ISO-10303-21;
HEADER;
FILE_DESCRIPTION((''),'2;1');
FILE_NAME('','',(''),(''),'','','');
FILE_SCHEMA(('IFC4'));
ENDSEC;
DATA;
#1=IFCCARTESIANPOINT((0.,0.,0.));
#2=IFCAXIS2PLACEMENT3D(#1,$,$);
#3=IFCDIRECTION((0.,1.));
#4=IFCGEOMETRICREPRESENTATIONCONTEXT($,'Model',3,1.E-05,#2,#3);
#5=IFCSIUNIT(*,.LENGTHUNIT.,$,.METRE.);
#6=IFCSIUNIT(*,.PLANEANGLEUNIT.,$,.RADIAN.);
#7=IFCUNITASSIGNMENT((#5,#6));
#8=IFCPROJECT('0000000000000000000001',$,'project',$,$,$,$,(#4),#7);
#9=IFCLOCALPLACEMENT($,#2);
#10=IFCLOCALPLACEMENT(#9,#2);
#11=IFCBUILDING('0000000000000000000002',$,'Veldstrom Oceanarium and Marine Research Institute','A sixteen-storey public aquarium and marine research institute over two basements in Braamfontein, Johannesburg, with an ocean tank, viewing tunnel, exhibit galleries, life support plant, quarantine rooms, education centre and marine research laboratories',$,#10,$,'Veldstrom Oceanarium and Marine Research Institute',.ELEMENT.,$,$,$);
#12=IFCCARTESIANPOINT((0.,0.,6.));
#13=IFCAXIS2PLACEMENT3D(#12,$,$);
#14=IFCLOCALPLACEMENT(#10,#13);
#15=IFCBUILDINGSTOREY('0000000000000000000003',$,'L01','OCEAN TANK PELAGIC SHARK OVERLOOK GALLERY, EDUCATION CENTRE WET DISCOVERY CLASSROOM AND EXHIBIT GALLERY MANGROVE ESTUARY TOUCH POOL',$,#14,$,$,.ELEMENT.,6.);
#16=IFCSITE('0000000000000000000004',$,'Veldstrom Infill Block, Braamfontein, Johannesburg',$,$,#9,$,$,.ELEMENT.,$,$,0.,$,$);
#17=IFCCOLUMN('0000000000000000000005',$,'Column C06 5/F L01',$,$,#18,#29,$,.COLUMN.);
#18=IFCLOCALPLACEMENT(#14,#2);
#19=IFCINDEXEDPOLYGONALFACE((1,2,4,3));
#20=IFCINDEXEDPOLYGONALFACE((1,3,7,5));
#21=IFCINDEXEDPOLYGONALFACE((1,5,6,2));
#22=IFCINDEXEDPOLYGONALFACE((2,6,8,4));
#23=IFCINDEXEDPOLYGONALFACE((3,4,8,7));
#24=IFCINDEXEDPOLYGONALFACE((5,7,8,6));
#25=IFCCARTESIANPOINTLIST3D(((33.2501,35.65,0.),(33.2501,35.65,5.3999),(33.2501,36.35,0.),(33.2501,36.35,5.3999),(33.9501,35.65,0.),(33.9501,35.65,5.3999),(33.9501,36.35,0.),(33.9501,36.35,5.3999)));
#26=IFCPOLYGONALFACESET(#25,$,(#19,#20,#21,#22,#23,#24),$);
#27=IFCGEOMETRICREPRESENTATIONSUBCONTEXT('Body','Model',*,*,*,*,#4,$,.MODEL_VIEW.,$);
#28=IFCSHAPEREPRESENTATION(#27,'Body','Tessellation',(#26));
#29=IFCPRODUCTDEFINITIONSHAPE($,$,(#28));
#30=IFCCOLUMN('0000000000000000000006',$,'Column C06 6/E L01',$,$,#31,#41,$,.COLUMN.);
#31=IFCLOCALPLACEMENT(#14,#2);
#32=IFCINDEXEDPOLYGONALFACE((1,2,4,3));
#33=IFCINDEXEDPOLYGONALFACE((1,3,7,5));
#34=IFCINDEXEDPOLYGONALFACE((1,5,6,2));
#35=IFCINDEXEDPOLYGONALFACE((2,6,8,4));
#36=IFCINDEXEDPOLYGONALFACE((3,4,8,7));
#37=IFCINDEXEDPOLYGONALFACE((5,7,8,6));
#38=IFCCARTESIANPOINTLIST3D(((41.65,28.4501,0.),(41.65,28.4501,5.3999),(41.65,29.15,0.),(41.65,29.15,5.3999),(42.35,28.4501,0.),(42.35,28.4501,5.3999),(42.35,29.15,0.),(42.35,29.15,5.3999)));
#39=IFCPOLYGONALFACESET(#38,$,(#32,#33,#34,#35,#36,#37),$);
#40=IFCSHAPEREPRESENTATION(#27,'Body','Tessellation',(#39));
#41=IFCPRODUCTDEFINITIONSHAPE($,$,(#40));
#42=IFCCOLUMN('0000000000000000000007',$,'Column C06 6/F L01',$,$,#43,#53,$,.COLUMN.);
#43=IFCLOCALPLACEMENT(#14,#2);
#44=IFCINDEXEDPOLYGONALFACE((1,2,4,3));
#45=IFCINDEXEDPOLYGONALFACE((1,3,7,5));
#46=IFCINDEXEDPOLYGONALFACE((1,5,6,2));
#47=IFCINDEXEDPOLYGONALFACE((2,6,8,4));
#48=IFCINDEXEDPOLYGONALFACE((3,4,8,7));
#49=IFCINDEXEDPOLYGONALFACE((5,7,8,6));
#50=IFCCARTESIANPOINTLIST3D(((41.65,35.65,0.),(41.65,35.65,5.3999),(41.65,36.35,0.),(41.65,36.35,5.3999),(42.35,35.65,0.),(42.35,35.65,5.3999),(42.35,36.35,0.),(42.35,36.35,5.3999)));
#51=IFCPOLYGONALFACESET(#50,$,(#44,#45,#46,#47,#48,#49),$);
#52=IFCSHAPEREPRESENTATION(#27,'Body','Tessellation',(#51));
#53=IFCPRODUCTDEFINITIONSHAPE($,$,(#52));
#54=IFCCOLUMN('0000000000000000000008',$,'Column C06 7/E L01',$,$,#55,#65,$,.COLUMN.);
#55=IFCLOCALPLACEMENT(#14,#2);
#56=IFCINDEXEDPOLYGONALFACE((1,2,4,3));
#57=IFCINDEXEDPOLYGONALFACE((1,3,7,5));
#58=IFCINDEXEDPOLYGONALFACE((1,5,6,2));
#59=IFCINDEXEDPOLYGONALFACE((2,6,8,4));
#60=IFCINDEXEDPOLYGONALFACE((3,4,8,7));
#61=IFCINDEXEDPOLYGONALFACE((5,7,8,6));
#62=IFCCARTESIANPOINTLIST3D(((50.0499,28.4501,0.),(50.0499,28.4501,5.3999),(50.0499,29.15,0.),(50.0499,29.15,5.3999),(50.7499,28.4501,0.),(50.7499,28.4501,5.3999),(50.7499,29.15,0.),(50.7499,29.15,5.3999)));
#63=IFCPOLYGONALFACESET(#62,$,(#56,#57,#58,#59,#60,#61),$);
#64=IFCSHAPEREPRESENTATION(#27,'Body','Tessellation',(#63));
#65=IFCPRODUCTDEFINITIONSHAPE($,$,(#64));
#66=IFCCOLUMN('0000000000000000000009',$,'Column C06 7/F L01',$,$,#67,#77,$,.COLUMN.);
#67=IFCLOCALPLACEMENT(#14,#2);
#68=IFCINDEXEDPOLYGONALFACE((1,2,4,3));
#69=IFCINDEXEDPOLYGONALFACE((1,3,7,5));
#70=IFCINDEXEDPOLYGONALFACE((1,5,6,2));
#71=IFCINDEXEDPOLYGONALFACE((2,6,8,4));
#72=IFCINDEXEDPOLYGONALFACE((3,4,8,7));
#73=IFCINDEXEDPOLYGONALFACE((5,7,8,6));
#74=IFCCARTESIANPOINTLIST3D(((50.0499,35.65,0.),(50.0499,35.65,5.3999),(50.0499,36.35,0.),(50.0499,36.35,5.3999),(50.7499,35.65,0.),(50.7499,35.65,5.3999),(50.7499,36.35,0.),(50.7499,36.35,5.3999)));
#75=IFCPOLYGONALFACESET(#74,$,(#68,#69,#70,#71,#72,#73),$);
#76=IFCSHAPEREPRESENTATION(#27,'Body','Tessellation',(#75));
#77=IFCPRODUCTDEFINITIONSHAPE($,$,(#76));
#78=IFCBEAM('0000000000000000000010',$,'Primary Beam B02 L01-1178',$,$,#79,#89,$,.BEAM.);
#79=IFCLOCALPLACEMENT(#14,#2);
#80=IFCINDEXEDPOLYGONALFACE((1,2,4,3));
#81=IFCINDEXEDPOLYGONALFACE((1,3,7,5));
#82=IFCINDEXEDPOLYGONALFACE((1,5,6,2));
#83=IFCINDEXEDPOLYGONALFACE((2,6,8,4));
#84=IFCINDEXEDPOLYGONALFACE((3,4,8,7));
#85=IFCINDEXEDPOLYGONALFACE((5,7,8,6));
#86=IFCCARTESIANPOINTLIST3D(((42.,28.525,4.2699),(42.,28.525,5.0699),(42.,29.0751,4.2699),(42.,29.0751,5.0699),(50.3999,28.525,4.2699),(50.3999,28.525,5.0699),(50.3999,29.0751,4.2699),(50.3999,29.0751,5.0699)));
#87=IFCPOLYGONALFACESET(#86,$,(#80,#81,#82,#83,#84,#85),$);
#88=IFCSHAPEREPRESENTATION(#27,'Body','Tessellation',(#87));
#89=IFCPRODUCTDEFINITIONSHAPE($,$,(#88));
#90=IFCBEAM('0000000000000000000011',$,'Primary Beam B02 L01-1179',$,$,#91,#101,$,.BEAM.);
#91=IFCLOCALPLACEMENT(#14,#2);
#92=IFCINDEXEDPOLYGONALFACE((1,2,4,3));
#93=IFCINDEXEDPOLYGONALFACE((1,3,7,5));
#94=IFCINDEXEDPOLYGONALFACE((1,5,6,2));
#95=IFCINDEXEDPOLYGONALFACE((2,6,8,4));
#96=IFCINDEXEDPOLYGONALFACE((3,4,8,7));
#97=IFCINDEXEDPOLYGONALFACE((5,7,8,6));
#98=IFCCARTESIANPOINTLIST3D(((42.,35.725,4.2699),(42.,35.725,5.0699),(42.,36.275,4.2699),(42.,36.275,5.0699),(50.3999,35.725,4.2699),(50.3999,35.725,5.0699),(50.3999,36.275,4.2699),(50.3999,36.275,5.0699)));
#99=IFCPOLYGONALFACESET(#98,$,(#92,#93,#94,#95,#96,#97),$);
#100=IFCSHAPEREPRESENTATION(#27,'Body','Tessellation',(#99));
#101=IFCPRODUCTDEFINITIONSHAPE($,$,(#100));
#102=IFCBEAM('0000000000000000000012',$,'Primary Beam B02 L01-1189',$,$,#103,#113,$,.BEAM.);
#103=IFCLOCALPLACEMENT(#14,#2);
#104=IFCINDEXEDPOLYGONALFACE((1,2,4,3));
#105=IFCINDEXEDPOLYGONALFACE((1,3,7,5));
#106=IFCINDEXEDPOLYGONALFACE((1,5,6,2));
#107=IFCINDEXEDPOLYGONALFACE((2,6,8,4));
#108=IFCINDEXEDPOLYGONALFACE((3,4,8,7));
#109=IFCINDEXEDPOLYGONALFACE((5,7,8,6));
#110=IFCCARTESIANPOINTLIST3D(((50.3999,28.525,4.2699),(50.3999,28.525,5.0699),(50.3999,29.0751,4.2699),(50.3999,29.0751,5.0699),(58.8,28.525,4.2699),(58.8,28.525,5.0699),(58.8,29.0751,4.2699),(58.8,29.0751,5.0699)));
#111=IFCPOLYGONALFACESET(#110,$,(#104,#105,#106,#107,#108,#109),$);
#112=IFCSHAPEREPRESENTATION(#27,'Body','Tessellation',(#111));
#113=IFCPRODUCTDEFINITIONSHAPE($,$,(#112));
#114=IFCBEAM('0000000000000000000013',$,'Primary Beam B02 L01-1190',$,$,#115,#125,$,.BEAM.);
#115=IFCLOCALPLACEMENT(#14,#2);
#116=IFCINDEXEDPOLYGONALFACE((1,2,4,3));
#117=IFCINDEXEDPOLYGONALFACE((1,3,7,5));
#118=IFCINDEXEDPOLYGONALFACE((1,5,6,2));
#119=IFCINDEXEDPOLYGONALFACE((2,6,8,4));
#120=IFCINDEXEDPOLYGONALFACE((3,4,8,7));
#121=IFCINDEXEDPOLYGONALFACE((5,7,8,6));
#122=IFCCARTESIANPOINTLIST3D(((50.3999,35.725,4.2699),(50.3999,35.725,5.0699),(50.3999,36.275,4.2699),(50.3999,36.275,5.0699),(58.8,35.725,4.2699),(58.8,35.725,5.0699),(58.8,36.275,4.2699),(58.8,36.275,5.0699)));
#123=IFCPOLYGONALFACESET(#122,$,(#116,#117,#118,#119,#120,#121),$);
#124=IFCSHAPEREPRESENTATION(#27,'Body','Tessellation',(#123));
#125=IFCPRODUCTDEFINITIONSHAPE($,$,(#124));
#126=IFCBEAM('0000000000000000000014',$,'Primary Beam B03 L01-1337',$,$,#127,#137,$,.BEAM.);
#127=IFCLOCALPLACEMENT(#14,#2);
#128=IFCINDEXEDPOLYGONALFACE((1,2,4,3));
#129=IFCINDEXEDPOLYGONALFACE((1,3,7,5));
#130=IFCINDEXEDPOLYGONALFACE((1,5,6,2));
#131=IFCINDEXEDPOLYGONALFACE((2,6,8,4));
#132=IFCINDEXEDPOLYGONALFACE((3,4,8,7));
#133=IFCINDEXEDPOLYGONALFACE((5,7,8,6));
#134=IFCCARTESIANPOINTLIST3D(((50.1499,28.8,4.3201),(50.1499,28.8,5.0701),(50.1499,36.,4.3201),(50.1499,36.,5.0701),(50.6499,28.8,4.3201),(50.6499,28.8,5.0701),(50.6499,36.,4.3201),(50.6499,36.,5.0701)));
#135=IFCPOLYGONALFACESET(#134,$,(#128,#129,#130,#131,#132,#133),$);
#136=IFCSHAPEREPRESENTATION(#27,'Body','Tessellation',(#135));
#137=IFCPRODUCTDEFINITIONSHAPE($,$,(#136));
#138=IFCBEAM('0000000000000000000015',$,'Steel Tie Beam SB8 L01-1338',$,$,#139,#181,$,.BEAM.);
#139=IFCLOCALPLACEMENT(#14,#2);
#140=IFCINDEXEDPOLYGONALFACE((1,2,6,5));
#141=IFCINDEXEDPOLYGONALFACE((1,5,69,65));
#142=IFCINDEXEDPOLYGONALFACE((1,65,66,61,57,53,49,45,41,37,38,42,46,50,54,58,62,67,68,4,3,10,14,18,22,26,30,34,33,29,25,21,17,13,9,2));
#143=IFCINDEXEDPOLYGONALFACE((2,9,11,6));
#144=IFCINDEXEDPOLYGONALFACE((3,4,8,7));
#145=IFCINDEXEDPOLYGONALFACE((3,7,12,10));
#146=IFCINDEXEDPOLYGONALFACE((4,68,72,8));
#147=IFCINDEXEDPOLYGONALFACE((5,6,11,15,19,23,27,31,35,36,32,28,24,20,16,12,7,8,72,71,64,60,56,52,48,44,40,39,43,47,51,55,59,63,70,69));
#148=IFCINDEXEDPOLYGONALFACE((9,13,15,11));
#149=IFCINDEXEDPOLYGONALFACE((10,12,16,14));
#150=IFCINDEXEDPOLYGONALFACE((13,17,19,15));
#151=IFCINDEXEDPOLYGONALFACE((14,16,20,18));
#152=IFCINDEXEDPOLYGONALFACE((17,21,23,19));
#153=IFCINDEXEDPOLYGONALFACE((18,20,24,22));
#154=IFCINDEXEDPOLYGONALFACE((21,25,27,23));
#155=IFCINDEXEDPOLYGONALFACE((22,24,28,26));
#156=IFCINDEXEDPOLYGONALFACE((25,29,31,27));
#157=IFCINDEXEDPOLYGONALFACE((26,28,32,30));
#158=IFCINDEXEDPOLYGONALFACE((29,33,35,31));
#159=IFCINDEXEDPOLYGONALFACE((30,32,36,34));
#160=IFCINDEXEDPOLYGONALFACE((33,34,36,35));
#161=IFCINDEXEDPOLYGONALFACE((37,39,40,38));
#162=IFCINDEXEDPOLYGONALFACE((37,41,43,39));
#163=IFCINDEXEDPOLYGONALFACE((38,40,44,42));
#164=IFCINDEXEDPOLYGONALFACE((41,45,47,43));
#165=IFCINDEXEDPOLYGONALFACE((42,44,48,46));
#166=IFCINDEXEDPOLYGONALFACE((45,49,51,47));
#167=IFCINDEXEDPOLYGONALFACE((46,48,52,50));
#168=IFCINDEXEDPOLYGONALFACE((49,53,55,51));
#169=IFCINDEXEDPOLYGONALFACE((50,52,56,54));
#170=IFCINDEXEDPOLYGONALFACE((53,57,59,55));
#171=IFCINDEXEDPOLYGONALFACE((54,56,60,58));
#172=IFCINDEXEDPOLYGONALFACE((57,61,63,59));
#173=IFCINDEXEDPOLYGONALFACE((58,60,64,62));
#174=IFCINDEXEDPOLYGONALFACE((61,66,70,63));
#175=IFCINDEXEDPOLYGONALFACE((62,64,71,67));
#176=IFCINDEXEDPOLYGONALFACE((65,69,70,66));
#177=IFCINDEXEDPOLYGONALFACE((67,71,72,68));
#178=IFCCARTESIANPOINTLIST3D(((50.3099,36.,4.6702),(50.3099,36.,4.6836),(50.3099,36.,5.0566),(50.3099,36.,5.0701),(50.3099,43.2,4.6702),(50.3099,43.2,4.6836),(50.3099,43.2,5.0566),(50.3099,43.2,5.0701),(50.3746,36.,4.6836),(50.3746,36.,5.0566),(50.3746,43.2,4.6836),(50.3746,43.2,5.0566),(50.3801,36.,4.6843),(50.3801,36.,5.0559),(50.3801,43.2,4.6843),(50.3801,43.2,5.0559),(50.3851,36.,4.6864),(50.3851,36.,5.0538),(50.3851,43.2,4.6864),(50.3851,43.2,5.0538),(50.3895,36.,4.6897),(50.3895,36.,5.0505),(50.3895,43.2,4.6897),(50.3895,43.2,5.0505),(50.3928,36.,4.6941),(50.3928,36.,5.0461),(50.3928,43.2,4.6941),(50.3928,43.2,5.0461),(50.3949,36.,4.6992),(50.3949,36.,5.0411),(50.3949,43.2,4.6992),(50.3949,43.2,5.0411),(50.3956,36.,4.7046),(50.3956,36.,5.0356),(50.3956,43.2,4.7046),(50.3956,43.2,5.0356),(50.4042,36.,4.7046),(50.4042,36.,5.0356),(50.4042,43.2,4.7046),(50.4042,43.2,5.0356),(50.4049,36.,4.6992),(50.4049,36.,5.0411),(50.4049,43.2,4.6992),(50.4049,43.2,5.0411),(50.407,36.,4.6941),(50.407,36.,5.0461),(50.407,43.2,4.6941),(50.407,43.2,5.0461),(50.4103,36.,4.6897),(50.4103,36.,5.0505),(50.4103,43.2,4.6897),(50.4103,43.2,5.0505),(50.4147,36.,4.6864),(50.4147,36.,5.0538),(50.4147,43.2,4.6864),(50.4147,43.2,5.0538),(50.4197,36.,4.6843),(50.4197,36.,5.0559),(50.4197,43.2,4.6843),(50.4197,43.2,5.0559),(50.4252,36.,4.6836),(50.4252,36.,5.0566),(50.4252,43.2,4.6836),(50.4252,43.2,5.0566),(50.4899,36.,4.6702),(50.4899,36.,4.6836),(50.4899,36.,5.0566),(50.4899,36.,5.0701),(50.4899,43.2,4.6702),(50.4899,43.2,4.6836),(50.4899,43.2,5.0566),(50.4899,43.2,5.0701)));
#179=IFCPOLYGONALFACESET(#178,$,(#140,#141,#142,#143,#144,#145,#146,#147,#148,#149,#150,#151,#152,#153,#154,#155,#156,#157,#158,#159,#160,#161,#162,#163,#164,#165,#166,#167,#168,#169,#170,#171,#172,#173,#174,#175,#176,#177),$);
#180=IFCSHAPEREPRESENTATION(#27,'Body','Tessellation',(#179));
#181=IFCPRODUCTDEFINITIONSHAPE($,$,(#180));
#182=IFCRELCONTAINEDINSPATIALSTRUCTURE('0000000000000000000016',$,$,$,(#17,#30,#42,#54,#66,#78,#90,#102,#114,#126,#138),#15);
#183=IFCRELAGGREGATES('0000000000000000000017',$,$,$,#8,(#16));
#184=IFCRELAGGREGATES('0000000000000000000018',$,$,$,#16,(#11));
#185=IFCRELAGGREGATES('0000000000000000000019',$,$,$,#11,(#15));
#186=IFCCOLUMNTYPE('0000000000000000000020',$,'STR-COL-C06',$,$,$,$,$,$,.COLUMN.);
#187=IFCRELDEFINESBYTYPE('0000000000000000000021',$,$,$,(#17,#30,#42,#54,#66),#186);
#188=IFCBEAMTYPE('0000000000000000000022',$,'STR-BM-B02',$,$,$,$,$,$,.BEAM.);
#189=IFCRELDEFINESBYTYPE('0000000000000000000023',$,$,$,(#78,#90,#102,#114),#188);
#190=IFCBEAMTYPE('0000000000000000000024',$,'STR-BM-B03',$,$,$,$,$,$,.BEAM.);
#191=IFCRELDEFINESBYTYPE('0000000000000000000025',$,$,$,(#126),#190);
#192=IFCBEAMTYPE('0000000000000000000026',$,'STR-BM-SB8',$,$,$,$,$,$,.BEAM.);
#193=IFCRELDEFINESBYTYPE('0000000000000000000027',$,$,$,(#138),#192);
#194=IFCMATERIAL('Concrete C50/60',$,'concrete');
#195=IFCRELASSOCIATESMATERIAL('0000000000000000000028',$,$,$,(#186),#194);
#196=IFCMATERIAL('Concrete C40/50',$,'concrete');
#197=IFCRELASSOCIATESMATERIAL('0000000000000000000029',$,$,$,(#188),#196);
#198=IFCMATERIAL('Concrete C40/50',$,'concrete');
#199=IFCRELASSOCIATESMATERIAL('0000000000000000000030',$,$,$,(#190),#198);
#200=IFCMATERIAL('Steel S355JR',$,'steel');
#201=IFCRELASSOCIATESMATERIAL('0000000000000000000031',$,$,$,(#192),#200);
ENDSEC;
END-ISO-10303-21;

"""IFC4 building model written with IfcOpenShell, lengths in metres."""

from ifc_helpers import new_model, si_unit, direction, frame, origin, origin_2d, place, context, subcontext, project, spatial, rectangle, i_section, extrude, material, material_profile, profile_set, type_object, element, save


model = new_model("IFC4")

# Units and contexts
model_context = context("Model", 3, precision=1e-05, world=origin(), true_north=direction((0.0, 1.0)))
body_context = subcontext(model_context, "Body", "Model", "MODEL_VIEW")
ifc_project = project(units=[si_unit("LENGTHUNIT", "METRE"), si_unit("PLANEANGLEUNIT", "RADIAN")], contexts=[model_context])

# Site, building, storey
site_placement = place(None, origin())
site = spatial("IfcSite", under=ifc_project, at=site_placement, Name="Veldstrom Infill Block, Braamfontein, Johannesburg", CompositionType="ELEMENT", RefElevation=0.0)
building_placement = place(site_placement, origin())
building = spatial("IfcBuilding", under=site, at=building_placement, Name="Veldstrom Oceanarium and Marine Research Institute", Description="A sixteen-storey public aquarium and marine research institute over two basements in Braamfontein, Johannesburg, with an ocean tank, viewing tunnel, exhibit galleries, life support plant, quarantine rooms, education centre and marine research laboratories", LongName="Veldstrom Oceanarium and Marine Research Institute", CompositionType="ELEMENT")
storey_placement = place(building_placement, frame((0.0, 0.0, 6.0)))
storey = spatial("IfcBuildingStorey", under=building, at=storey_placement, Name="L01", Description="OCEAN TANK PELAGIC SHARK OVERLOOK GALLERY, EDUCATION CENTRE WET DISCOVERY CLASSROOM AND EXHIBIT GALLERY MANGROVE ESTUARY TOUCH POOL", CompositionType="ELEMENT", Elevation=6.0)

# Columns
ifc_material_1 = material(Name="Concrete C50/60", Category="concrete")
ifc_material_profile_1 = material_profile(ifc_material_1, rectangle(XDim=0.7, YDim=0.7, at=origin_2d()), Name="RC-COL-700x700")
ifc_profile_set_1 = profile_set([ifc_material_profile_1], Name="Concrete C50/60")
column_type = type_object("IfcColumnType", Name="STR-COL-C06", PredefinedType="COLUMN", material=ifc_profile_set_1)
for number, where, z_axis, x_axis, name in (
    (1, (33.6001, 36.0, 0.0), (0.0, 0.0, 1.0), (1.0, 0.0, 0.0), "Column C06 5/F L01"),
    (2, (42.0, 28.8, 0.0), (0.0, 0.0, 1.0), (1.0, 0.0, 0.0), "Column C06 6/E L01"),
    (3, (42.0, 36.0, 0.0), (0.0, 0.0, 1.0), (1.0, 0.0, 0.0), "Column C06 6/F L01"),
    (4, (50.3999, 28.8, 0.0), (0.0, 0.0, 1.0), (1.0, 0.0, 0.0), "Column C06 7/E L01"),
    (5, (50.3999, 36.0, 0.0), (0.0, 0.0, 1.0), (1.0, 0.0, 0.0), "Column C06 7/F L01"),
):
    element("IfcColumn", number, at=place(storey_placement, frame(where, z_axis=z_axis, x_axis=x_axis)), inside=storey, type_object=column_type, Name=name, PredefinedType="COLUMN", context=body_context, shape_type="SweptSolid", body=[
        extrude(rectangle(XDim=0.7, YDim=0.7, at=origin_2d()), origin(), (0.0, 0.0, 1.0), 5.3999),
    ])

# Beams
ifc_material_2 = material(Name="Concrete C40/50", Category="concrete")
ifc_material_profile_2 = material_profile(ifc_material_2, rectangle(XDim=0.55, YDim=0.8, at=origin_2d()), Name="RC-BM-550x800")
ifc_profile_set_2 = profile_set([ifc_material_profile_2], Name="Concrete C40/50")
beam_type_1 = type_object("IfcBeamType", Name="STR-BM-B02", PredefinedType="BEAM", material=ifc_profile_set_2)
for number, where, z_axis, x_axis, name in (
    (6, (42.0, 28.8, 4.6699), (1.0, 0.0, 0.0), (0.0, 1.0, 0.0), "Primary Beam B02 L01-1178"),
    (7, (42.0, 36.0, 4.6699), (1.0, 0.0, 0.0), (0.0, 1.0, 0.0), "Primary Beam B02 L01-1179"),
):
    element("IfcBeam", number, at=place(storey_placement, frame(where, z_axis=z_axis, x_axis=x_axis)), inside=storey, type_object=beam_type_1, Name=name, PredefinedType="BEAM", context=body_context, shape_type="SweptSolid", body=[
        extrude(rectangle(XDim=0.55, YDim=0.8, at=origin_2d()), origin(), (0.0, 0.0, 1.0), 8.3999),
    ])
for number, where, z_axis, x_axis, name in (
    (8, (50.3999, 28.8, 4.6699), (1.0, 0.0, 0.0), (0.0, 1.0, 0.0), "Primary Beam B02 L01-1189"),
    (9, (50.3999, 36.0, 4.6699), (1.0, 0.0, 0.0), (0.0, 1.0, 0.0), "Primary Beam B02 L01-1190"),
):
    element("IfcBeam", number, at=place(storey_placement, frame(where, z_axis=z_axis, x_axis=x_axis)), inside=storey, type_object=beam_type_1, Name=name, PredefinedType="BEAM", context=body_context, shape_type="SweptSolid", body=[
        extrude(rectangle(XDim=0.55, YDim=0.8, at=origin_2d()), origin(), (0.0, 0.0, 1.0), 8.4001),
    ])
ifc_material_3 = material(Name="Concrete C40/50", Category="concrete")
ifc_material_profile_3 = material_profile(ifc_material_3, rectangle(XDim=0.5, YDim=0.75, at=origin_2d()), Name="RC-BM-500x750")
ifc_profile_set_3 = profile_set([ifc_material_profile_3], Name="Concrete C40/50")
beam_type_2 = type_object("IfcBeamType", Name="STR-BM-B03", PredefinedType="BEAM", material=ifc_profile_set_3)
beam_1_placement = place(storey_placement, frame((50.3999, 28.8, 4.6951), z_axis=(0.0, 1.0, 0.0), x_axis=(-1.0, 0.0, 0.0)))
element("IfcBeam", 10, at=beam_1_placement, inside=storey, type_object=beam_type_2, Name="Primary Beam B03 L01-1337", PredefinedType="BEAM", context=body_context, shape_type="SweptSolid", body=[
    extrude(rectangle(XDim=0.5, YDim=0.75, at=origin_2d()), origin(), (0.0, 0.0, 1.0), 7.2),
])
ifc_material_4 = material(Name="Steel S355JR", Category="steel")
ifc_material_profile_4 = material_profile(ifc_material_4, i_section(OverallWidth=0.1799, OverallDepth=0.3999, WebThickness=0.0085, FlangeThickness=0.0134, FilletRadius=0.021, at=origin_2d()), Name="IPE 400")
ifc_profile_set_4 = profile_set([ifc_material_profile_4], Name="Steel S355JR")
beam_type_3 = type_object("IfcBeamType", Name="STR-BM-SB8", PredefinedType="BEAM", material=ifc_profile_set_4)
beam_2_placement = place(storey_placement, frame((50.3999, 36.0, 4.8701), z_axis=(0.0, 1.0, 0.0), x_axis=(-1.0, 0.0, 0.0)))
element("IfcBeam", 11, at=beam_2_placement, inside=storey, type_object=beam_type_3, Name="Steel Tie Beam SB8 L01-1338", PredefinedType="BEAM", context=body_context, shape_type="SweptSolid", body=[
    extrude(i_section(OverallWidth=0.1799, OverallDepth=0.3999, WebThickness=0.0085, FlangeThickness=0.0134, FilletRadius=0.021, at=origin_2d()), origin(), (0.0, 0.0, 1.0), 7.2),
])

save(model, "model.ifc")
